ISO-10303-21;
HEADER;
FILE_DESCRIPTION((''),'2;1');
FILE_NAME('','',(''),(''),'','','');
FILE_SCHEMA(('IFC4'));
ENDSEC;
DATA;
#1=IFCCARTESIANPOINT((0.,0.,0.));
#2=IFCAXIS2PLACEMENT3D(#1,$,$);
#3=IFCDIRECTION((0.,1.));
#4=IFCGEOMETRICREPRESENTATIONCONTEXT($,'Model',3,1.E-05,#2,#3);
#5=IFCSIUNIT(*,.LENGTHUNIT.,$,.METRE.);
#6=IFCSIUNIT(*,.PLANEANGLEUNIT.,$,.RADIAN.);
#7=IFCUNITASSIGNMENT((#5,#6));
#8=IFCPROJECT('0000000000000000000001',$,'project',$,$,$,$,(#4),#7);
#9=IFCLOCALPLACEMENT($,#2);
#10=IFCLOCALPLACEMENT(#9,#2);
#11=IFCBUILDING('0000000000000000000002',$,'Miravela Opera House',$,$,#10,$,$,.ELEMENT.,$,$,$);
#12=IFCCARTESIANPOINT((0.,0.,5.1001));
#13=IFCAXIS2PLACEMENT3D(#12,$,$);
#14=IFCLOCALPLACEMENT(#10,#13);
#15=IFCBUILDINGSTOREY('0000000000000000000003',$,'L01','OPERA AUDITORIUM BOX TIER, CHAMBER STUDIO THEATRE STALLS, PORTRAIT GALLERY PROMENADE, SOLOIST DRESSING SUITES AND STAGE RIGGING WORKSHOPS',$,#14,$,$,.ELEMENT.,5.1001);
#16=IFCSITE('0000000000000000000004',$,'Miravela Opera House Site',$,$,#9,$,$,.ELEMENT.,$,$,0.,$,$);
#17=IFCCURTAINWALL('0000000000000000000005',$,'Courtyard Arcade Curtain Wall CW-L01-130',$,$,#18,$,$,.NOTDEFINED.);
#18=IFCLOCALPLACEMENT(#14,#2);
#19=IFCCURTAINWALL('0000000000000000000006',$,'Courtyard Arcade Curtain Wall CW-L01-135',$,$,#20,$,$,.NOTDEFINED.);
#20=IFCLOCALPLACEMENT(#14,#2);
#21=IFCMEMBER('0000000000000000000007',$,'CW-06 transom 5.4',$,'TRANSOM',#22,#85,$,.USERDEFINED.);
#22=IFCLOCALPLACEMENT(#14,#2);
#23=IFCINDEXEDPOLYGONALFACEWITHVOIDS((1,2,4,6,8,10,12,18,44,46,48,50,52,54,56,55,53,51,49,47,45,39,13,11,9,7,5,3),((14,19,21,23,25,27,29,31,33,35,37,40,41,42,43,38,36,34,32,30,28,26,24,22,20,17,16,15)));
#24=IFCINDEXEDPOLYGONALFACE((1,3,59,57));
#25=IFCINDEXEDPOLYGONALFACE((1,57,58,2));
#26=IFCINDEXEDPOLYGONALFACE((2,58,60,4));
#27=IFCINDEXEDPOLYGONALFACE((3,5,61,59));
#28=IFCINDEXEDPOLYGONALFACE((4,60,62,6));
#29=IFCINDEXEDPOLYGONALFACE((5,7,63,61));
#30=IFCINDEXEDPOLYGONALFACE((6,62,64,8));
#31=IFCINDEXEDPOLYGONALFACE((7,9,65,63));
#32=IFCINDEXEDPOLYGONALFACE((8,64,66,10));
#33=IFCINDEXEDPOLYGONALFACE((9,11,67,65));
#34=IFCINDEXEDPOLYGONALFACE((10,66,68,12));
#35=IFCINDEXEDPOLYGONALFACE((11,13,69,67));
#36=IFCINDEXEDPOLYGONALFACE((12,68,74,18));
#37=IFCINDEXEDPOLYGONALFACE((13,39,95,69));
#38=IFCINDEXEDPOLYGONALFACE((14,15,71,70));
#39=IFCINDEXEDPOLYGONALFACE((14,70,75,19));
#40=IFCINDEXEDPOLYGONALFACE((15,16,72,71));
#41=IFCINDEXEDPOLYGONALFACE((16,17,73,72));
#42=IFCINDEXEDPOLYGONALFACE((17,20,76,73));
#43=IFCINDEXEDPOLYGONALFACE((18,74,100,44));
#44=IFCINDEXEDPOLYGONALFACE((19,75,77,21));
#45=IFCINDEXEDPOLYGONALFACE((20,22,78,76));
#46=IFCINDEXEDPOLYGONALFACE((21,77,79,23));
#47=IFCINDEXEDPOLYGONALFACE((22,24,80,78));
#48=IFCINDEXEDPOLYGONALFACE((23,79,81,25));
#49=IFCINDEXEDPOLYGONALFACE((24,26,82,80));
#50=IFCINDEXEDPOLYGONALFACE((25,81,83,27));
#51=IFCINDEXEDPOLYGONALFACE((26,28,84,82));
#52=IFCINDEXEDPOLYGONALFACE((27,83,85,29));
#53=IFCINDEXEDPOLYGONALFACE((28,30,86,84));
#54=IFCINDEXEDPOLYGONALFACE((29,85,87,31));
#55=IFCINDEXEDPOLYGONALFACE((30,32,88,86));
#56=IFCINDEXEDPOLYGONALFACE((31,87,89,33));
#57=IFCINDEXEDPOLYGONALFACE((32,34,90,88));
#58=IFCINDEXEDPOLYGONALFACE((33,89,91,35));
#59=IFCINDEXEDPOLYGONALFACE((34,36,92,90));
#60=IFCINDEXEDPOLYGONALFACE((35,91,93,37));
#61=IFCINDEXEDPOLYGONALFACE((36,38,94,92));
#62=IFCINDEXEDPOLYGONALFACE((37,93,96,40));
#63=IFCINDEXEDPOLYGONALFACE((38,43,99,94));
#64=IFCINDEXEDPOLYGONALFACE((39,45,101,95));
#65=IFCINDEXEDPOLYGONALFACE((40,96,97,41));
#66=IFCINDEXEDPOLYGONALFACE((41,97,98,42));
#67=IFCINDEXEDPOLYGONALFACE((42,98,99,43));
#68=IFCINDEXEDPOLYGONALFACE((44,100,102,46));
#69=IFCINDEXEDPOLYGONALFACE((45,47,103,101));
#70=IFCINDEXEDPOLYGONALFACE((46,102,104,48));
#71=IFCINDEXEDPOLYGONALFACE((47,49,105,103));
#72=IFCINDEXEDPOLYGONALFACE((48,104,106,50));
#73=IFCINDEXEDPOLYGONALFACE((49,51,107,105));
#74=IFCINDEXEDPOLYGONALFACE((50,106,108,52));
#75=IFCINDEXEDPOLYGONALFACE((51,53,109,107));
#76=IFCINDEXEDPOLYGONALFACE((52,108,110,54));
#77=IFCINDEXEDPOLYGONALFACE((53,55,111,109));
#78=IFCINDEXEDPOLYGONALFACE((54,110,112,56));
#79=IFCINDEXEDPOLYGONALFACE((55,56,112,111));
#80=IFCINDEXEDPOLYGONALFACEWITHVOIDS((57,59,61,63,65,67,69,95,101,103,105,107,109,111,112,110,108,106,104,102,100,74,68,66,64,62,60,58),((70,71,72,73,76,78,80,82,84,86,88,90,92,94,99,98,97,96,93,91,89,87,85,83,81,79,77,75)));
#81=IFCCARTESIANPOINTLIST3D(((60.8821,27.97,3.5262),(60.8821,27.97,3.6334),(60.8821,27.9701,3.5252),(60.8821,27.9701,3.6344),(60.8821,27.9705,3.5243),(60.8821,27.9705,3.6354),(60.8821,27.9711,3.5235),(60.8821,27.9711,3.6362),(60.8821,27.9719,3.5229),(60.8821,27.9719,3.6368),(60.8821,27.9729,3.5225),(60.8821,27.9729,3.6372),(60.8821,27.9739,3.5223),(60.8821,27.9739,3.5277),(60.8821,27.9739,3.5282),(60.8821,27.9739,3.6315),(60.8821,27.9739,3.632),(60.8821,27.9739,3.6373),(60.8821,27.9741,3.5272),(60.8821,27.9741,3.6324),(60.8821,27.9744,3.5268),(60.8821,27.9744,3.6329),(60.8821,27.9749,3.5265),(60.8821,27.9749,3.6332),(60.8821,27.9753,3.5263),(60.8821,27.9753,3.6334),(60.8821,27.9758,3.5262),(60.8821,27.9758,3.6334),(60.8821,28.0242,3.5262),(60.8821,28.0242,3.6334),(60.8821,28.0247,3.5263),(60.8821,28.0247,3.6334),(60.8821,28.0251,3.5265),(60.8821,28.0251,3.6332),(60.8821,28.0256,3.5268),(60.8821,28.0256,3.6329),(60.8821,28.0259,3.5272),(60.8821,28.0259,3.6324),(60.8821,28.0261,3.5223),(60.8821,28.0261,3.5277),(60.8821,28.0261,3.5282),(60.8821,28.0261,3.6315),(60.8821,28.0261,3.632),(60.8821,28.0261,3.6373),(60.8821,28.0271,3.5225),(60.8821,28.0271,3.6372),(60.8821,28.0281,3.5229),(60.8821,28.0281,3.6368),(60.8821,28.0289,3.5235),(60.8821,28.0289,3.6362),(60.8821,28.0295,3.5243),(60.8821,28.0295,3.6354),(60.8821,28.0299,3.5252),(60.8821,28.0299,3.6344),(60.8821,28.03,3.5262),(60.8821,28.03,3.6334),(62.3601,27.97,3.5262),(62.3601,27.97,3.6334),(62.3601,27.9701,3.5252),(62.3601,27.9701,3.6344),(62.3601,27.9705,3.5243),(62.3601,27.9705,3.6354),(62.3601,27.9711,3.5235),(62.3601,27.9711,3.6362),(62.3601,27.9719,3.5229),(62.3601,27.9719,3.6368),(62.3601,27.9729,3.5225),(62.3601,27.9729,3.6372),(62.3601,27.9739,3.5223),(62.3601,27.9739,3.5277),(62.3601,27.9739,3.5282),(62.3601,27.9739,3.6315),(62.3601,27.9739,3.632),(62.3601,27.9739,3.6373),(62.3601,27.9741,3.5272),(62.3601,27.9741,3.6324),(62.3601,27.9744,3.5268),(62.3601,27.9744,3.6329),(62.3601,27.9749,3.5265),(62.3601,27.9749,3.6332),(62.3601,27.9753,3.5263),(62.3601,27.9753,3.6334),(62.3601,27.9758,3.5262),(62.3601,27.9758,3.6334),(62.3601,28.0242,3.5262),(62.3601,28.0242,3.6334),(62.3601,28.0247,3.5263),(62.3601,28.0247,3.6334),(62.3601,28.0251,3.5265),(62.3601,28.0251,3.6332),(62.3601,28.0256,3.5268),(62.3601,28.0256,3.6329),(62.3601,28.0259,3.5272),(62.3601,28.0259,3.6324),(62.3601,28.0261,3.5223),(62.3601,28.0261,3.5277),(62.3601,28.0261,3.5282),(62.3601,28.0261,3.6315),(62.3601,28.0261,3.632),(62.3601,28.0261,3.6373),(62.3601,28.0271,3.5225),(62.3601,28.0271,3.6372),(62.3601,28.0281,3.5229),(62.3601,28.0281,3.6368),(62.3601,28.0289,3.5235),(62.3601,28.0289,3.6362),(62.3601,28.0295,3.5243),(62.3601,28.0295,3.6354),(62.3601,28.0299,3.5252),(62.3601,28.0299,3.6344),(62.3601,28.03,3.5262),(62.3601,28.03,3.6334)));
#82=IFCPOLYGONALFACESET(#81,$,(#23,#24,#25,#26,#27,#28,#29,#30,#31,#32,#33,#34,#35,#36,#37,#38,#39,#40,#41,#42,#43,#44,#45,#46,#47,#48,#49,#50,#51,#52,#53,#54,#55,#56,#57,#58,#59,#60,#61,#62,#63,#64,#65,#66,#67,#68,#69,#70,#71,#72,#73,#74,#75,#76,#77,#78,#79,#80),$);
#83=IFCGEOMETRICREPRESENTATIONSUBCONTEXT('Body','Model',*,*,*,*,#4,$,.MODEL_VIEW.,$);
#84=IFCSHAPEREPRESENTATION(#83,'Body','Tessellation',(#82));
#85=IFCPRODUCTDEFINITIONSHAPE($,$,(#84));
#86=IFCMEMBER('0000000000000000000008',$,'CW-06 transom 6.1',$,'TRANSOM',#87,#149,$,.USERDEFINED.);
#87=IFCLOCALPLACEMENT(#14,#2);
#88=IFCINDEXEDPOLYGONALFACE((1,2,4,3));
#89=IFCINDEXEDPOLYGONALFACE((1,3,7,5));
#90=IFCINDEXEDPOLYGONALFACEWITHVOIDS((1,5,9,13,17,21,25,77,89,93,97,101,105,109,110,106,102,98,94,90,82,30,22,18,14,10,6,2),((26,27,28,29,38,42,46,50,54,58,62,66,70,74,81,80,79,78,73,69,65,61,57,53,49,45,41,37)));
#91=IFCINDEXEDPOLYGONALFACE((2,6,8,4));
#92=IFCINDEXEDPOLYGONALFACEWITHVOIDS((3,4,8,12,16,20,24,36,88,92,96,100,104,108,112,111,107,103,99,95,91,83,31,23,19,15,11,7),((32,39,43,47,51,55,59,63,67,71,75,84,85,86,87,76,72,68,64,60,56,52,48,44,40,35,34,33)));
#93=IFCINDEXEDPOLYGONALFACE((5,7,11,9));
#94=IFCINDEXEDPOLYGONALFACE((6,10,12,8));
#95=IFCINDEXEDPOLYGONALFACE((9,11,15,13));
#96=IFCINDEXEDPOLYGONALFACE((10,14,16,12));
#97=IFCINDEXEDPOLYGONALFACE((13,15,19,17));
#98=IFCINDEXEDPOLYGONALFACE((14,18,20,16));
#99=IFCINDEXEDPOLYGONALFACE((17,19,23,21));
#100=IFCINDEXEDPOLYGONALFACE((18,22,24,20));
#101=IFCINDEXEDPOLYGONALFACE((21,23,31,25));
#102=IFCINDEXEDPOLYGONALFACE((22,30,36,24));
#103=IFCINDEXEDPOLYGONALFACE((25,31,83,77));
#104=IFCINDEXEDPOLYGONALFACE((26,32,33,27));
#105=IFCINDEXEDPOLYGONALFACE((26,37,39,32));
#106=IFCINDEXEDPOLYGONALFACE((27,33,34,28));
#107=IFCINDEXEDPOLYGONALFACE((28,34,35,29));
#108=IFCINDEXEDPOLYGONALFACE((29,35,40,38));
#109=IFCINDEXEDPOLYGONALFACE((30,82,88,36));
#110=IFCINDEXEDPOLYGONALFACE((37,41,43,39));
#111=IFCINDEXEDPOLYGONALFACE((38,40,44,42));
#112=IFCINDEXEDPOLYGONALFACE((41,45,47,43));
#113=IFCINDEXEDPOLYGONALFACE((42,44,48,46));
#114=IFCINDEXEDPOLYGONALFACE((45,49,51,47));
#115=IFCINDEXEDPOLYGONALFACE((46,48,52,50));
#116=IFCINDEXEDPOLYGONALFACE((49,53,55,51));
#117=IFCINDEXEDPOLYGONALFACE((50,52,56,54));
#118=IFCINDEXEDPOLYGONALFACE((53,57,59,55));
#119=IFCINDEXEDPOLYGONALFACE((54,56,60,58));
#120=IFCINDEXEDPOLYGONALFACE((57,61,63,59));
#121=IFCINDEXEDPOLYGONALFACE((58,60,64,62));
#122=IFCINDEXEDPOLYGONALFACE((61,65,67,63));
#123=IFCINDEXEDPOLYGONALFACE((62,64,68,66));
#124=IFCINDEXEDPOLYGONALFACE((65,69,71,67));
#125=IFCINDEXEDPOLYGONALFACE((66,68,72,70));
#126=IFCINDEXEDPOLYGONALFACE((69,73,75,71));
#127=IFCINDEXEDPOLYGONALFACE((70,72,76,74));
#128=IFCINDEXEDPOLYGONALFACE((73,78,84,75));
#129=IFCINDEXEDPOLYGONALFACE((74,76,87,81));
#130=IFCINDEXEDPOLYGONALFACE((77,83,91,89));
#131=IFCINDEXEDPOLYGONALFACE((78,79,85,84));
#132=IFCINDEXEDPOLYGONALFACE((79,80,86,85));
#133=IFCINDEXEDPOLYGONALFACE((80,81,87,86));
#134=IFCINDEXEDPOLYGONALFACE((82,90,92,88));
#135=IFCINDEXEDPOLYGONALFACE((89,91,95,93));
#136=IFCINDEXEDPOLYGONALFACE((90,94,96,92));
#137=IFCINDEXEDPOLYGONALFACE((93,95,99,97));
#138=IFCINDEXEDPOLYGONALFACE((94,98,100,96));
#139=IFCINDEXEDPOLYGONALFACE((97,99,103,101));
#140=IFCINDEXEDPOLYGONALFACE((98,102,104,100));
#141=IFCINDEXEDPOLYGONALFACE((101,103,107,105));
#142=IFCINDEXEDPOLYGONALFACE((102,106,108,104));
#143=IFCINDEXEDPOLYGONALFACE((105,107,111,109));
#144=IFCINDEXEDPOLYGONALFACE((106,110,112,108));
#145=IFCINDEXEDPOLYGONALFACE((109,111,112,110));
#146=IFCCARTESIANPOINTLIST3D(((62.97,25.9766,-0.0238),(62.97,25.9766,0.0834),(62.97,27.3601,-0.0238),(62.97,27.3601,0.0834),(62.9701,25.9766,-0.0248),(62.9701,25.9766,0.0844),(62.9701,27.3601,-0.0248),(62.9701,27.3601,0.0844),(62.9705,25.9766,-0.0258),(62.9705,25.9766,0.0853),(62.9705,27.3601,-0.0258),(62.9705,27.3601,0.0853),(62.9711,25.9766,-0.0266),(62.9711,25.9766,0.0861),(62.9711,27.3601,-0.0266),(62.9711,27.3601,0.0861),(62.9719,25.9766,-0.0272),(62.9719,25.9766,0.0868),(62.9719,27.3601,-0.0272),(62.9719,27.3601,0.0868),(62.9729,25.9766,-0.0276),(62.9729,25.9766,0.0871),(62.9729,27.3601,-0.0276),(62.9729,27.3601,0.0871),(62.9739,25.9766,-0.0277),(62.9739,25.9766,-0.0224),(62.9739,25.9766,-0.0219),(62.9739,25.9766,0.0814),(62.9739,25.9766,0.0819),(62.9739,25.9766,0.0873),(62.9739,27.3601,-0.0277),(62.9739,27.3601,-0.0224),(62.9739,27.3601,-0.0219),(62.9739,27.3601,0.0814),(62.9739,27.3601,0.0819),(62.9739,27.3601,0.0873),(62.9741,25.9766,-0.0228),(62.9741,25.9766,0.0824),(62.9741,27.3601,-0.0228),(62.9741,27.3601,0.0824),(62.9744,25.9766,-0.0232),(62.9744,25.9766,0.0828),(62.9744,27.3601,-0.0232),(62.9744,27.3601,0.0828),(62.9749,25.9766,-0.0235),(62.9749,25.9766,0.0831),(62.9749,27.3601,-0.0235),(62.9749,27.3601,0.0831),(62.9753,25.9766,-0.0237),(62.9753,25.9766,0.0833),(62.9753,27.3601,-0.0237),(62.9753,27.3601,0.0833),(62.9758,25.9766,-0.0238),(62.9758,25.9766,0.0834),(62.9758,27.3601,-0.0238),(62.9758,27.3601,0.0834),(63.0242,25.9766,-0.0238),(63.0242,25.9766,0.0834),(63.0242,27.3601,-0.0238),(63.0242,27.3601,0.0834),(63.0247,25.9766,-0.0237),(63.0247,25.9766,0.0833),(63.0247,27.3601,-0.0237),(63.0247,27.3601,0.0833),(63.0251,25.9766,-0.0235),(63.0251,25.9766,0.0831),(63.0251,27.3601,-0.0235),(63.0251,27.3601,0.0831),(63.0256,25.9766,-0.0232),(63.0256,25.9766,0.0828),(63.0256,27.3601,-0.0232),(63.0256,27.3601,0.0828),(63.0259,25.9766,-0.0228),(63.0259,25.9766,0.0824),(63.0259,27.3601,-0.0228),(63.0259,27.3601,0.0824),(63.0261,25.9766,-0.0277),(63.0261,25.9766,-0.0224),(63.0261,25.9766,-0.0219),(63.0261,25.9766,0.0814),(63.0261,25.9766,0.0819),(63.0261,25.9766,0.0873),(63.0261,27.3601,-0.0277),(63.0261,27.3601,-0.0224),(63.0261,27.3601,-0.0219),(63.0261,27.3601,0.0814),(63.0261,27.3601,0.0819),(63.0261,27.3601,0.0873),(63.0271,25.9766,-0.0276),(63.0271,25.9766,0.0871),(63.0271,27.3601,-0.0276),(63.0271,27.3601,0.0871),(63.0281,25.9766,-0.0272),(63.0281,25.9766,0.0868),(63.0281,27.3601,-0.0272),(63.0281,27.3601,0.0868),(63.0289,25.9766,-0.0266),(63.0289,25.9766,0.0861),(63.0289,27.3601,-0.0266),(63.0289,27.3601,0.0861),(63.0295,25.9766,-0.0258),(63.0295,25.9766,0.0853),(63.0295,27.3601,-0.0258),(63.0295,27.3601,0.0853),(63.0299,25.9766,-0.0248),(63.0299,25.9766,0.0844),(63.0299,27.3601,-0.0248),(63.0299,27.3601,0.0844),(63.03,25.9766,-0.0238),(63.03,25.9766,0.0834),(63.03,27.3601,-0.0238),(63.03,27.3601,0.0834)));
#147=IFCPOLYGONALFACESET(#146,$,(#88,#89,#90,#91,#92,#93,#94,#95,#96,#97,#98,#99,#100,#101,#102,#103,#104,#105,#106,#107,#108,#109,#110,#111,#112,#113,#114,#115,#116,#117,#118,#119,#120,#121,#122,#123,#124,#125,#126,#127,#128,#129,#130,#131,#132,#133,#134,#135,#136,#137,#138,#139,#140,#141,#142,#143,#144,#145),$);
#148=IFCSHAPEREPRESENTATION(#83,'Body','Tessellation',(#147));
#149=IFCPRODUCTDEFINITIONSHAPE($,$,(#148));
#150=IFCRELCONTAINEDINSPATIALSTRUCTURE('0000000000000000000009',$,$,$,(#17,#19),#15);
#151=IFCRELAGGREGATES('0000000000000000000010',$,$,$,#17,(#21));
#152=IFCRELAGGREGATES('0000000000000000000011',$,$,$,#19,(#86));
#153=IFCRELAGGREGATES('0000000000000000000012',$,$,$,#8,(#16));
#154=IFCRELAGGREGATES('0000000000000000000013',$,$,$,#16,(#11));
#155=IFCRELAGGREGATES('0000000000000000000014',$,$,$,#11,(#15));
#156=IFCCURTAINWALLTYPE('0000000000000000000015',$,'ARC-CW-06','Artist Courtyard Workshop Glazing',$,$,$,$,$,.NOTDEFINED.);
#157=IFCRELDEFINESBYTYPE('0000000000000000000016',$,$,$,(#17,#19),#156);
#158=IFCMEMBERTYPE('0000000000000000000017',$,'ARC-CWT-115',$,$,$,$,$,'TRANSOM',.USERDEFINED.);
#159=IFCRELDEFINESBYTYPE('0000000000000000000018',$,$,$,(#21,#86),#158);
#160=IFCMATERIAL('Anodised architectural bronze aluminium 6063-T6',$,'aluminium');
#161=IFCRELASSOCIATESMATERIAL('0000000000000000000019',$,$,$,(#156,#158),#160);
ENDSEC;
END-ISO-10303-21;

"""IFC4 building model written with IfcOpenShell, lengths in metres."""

from ifc_helpers import new_model, si_unit, direction, frame, origin, origin_2d, place, context, subcontext, project, spatial, hollow_rectangle, extrude, material, material_profile, profile_set, type_object, element, aggregate, save


model = new_model("IFC4")

# Units and contexts
model_context = context("Model", 3, precision=1e-05, world=origin(), true_north=direction((0.0, 1.0)))
body_context = subcontext(model_context, "Body", "Model", "MODEL_VIEW")
ifc_project = project(units=[si_unit("LENGTHUNIT", "METRE"), si_unit("PLANEANGLEUNIT", "RADIAN")], contexts=[model_context])

# Site, building, storey
site_placement = place(None, origin())
site = spatial("IfcSite", under=ifc_project, at=site_placement, Name="Miravela Opera House Site", CompositionType="ELEMENT", RefElevation=0.0)
building_placement = place(site_placement, origin())
building = spatial("IfcBuilding", under=site, at=building_placement, Name="Miravela Opera House", CompositionType="ELEMENT")
storey_placement = place(building_placement, frame((0.0, 0.0, 5.1001)))
storey = spatial("IfcBuildingStorey", under=building, at=storey_placement, Name="L01", Description="OPERA AUDITORIUM BOX TIER, CHAMBER STUDIO THEATRE STALLS, PORTRAIT GALLERY PROMENADE, SOLOIST DRESSING SUITES AND STAGE RIGGING WORKSHOPS", CompositionType="ELEMENT", Elevation=5.1001)

# Curtain wall
ifc_material_1 = material(Name="Anodised architectural bronze aluminium 6063-T6", Category="aluminium")
curtain_wall_type = type_object("IfcCurtainWallType", Name="ARC-CW-06", Description="Artist Courtyard Workshop Glazing", PredefinedType="NOTDEFINED", material=ifc_material_1)
curtain_wall_1_placement = place(storey_placement, origin())
curtain_wall_1 = element("IfcCurtainWall", 1, at=curtain_wall_1_placement, inside=storey, type_object=curtain_wall_type, Name="Courtyard Arcade Curtain Wall CW-L01-130", PredefinedType="NOTDEFINED")

# Curtain wall
curtain_wall_2_placement = place(storey_placement, origin())
curtain_wall_2 = element("IfcCurtainWall", 2, at=curtain_wall_2_placement, inside=storey, type_object=curtain_wall_type, Name="Courtyard Arcade Curtain Wall CW-L01-135", PredefinedType="NOTDEFINED")

# Members
ifc_material_profile_1 = material_profile(ifc_material_1, hollow_rectangle(XDim=0.0601, YDim=0.115, WallThickness=0.0039, InnerFilletRadius=0.002, OuterFilletRadius=0.0039, at=origin_2d()), Name="CWT-60X115")
ifc_profile_set_1 = profile_set([ifc_material_profile_1])
member_type_1 = type_object("IfcMemberType", Name="ARC-CWT-115", ElementType="TRANSOM", PredefinedType="USERDEFINED", material=ifc_profile_set_1)
member_1_placement = place(storey_placement, frame((60.8821, 28.0, 3.5798), z_axis=(1.0, 0.0, 0.0), x_axis=(0.0, 1.0, 0.0)))
member_1 = element("IfcMember", 3, at=member_1_placement, type_object=member_type_1, Name="CW-06 transom 5.4", ObjectType="TRANSOM", PredefinedType="USERDEFINED", context=body_context, shape_type="SweptSolid", body=[
    extrude(hollow_rectangle(XDim=0.0601, YDim=0.115, WallThickness=0.0039, InnerFilletRadius=0.002, OuterFilletRadius=0.0039, at=origin_2d()), origin(), (0.0, 0.0, 1.0), 1.478),
])
member_2_placement = place(storey_placement, frame((63.0, 25.9766, 0.0298), z_axis=(0.0, 1.0, 0.0), x_axis=(-1.0, 0.0, 0.0)))
member_2 = element("IfcMember", 4, at=member_2_placement, type_object=member_type_1, Name="CW-06 transom 6.1", ObjectType="TRANSOM", PredefinedType="USERDEFINED", context=body_context, shape_type="SweptSolid", body=[
    extrude(hollow_rectangle(XDim=0.0601, YDim=0.115, WallThickness=0.0039, InnerFilletRadius=0.002, OuterFilletRadius=0.0039, at=origin_2d()), origin(), (0.0, 0.0, 1.0), 1.3835),
])

aggregate(curtain_wall_1, [member_1])
aggregate(curtain_wall_2, [member_2])

save(model, "model.ifc")
